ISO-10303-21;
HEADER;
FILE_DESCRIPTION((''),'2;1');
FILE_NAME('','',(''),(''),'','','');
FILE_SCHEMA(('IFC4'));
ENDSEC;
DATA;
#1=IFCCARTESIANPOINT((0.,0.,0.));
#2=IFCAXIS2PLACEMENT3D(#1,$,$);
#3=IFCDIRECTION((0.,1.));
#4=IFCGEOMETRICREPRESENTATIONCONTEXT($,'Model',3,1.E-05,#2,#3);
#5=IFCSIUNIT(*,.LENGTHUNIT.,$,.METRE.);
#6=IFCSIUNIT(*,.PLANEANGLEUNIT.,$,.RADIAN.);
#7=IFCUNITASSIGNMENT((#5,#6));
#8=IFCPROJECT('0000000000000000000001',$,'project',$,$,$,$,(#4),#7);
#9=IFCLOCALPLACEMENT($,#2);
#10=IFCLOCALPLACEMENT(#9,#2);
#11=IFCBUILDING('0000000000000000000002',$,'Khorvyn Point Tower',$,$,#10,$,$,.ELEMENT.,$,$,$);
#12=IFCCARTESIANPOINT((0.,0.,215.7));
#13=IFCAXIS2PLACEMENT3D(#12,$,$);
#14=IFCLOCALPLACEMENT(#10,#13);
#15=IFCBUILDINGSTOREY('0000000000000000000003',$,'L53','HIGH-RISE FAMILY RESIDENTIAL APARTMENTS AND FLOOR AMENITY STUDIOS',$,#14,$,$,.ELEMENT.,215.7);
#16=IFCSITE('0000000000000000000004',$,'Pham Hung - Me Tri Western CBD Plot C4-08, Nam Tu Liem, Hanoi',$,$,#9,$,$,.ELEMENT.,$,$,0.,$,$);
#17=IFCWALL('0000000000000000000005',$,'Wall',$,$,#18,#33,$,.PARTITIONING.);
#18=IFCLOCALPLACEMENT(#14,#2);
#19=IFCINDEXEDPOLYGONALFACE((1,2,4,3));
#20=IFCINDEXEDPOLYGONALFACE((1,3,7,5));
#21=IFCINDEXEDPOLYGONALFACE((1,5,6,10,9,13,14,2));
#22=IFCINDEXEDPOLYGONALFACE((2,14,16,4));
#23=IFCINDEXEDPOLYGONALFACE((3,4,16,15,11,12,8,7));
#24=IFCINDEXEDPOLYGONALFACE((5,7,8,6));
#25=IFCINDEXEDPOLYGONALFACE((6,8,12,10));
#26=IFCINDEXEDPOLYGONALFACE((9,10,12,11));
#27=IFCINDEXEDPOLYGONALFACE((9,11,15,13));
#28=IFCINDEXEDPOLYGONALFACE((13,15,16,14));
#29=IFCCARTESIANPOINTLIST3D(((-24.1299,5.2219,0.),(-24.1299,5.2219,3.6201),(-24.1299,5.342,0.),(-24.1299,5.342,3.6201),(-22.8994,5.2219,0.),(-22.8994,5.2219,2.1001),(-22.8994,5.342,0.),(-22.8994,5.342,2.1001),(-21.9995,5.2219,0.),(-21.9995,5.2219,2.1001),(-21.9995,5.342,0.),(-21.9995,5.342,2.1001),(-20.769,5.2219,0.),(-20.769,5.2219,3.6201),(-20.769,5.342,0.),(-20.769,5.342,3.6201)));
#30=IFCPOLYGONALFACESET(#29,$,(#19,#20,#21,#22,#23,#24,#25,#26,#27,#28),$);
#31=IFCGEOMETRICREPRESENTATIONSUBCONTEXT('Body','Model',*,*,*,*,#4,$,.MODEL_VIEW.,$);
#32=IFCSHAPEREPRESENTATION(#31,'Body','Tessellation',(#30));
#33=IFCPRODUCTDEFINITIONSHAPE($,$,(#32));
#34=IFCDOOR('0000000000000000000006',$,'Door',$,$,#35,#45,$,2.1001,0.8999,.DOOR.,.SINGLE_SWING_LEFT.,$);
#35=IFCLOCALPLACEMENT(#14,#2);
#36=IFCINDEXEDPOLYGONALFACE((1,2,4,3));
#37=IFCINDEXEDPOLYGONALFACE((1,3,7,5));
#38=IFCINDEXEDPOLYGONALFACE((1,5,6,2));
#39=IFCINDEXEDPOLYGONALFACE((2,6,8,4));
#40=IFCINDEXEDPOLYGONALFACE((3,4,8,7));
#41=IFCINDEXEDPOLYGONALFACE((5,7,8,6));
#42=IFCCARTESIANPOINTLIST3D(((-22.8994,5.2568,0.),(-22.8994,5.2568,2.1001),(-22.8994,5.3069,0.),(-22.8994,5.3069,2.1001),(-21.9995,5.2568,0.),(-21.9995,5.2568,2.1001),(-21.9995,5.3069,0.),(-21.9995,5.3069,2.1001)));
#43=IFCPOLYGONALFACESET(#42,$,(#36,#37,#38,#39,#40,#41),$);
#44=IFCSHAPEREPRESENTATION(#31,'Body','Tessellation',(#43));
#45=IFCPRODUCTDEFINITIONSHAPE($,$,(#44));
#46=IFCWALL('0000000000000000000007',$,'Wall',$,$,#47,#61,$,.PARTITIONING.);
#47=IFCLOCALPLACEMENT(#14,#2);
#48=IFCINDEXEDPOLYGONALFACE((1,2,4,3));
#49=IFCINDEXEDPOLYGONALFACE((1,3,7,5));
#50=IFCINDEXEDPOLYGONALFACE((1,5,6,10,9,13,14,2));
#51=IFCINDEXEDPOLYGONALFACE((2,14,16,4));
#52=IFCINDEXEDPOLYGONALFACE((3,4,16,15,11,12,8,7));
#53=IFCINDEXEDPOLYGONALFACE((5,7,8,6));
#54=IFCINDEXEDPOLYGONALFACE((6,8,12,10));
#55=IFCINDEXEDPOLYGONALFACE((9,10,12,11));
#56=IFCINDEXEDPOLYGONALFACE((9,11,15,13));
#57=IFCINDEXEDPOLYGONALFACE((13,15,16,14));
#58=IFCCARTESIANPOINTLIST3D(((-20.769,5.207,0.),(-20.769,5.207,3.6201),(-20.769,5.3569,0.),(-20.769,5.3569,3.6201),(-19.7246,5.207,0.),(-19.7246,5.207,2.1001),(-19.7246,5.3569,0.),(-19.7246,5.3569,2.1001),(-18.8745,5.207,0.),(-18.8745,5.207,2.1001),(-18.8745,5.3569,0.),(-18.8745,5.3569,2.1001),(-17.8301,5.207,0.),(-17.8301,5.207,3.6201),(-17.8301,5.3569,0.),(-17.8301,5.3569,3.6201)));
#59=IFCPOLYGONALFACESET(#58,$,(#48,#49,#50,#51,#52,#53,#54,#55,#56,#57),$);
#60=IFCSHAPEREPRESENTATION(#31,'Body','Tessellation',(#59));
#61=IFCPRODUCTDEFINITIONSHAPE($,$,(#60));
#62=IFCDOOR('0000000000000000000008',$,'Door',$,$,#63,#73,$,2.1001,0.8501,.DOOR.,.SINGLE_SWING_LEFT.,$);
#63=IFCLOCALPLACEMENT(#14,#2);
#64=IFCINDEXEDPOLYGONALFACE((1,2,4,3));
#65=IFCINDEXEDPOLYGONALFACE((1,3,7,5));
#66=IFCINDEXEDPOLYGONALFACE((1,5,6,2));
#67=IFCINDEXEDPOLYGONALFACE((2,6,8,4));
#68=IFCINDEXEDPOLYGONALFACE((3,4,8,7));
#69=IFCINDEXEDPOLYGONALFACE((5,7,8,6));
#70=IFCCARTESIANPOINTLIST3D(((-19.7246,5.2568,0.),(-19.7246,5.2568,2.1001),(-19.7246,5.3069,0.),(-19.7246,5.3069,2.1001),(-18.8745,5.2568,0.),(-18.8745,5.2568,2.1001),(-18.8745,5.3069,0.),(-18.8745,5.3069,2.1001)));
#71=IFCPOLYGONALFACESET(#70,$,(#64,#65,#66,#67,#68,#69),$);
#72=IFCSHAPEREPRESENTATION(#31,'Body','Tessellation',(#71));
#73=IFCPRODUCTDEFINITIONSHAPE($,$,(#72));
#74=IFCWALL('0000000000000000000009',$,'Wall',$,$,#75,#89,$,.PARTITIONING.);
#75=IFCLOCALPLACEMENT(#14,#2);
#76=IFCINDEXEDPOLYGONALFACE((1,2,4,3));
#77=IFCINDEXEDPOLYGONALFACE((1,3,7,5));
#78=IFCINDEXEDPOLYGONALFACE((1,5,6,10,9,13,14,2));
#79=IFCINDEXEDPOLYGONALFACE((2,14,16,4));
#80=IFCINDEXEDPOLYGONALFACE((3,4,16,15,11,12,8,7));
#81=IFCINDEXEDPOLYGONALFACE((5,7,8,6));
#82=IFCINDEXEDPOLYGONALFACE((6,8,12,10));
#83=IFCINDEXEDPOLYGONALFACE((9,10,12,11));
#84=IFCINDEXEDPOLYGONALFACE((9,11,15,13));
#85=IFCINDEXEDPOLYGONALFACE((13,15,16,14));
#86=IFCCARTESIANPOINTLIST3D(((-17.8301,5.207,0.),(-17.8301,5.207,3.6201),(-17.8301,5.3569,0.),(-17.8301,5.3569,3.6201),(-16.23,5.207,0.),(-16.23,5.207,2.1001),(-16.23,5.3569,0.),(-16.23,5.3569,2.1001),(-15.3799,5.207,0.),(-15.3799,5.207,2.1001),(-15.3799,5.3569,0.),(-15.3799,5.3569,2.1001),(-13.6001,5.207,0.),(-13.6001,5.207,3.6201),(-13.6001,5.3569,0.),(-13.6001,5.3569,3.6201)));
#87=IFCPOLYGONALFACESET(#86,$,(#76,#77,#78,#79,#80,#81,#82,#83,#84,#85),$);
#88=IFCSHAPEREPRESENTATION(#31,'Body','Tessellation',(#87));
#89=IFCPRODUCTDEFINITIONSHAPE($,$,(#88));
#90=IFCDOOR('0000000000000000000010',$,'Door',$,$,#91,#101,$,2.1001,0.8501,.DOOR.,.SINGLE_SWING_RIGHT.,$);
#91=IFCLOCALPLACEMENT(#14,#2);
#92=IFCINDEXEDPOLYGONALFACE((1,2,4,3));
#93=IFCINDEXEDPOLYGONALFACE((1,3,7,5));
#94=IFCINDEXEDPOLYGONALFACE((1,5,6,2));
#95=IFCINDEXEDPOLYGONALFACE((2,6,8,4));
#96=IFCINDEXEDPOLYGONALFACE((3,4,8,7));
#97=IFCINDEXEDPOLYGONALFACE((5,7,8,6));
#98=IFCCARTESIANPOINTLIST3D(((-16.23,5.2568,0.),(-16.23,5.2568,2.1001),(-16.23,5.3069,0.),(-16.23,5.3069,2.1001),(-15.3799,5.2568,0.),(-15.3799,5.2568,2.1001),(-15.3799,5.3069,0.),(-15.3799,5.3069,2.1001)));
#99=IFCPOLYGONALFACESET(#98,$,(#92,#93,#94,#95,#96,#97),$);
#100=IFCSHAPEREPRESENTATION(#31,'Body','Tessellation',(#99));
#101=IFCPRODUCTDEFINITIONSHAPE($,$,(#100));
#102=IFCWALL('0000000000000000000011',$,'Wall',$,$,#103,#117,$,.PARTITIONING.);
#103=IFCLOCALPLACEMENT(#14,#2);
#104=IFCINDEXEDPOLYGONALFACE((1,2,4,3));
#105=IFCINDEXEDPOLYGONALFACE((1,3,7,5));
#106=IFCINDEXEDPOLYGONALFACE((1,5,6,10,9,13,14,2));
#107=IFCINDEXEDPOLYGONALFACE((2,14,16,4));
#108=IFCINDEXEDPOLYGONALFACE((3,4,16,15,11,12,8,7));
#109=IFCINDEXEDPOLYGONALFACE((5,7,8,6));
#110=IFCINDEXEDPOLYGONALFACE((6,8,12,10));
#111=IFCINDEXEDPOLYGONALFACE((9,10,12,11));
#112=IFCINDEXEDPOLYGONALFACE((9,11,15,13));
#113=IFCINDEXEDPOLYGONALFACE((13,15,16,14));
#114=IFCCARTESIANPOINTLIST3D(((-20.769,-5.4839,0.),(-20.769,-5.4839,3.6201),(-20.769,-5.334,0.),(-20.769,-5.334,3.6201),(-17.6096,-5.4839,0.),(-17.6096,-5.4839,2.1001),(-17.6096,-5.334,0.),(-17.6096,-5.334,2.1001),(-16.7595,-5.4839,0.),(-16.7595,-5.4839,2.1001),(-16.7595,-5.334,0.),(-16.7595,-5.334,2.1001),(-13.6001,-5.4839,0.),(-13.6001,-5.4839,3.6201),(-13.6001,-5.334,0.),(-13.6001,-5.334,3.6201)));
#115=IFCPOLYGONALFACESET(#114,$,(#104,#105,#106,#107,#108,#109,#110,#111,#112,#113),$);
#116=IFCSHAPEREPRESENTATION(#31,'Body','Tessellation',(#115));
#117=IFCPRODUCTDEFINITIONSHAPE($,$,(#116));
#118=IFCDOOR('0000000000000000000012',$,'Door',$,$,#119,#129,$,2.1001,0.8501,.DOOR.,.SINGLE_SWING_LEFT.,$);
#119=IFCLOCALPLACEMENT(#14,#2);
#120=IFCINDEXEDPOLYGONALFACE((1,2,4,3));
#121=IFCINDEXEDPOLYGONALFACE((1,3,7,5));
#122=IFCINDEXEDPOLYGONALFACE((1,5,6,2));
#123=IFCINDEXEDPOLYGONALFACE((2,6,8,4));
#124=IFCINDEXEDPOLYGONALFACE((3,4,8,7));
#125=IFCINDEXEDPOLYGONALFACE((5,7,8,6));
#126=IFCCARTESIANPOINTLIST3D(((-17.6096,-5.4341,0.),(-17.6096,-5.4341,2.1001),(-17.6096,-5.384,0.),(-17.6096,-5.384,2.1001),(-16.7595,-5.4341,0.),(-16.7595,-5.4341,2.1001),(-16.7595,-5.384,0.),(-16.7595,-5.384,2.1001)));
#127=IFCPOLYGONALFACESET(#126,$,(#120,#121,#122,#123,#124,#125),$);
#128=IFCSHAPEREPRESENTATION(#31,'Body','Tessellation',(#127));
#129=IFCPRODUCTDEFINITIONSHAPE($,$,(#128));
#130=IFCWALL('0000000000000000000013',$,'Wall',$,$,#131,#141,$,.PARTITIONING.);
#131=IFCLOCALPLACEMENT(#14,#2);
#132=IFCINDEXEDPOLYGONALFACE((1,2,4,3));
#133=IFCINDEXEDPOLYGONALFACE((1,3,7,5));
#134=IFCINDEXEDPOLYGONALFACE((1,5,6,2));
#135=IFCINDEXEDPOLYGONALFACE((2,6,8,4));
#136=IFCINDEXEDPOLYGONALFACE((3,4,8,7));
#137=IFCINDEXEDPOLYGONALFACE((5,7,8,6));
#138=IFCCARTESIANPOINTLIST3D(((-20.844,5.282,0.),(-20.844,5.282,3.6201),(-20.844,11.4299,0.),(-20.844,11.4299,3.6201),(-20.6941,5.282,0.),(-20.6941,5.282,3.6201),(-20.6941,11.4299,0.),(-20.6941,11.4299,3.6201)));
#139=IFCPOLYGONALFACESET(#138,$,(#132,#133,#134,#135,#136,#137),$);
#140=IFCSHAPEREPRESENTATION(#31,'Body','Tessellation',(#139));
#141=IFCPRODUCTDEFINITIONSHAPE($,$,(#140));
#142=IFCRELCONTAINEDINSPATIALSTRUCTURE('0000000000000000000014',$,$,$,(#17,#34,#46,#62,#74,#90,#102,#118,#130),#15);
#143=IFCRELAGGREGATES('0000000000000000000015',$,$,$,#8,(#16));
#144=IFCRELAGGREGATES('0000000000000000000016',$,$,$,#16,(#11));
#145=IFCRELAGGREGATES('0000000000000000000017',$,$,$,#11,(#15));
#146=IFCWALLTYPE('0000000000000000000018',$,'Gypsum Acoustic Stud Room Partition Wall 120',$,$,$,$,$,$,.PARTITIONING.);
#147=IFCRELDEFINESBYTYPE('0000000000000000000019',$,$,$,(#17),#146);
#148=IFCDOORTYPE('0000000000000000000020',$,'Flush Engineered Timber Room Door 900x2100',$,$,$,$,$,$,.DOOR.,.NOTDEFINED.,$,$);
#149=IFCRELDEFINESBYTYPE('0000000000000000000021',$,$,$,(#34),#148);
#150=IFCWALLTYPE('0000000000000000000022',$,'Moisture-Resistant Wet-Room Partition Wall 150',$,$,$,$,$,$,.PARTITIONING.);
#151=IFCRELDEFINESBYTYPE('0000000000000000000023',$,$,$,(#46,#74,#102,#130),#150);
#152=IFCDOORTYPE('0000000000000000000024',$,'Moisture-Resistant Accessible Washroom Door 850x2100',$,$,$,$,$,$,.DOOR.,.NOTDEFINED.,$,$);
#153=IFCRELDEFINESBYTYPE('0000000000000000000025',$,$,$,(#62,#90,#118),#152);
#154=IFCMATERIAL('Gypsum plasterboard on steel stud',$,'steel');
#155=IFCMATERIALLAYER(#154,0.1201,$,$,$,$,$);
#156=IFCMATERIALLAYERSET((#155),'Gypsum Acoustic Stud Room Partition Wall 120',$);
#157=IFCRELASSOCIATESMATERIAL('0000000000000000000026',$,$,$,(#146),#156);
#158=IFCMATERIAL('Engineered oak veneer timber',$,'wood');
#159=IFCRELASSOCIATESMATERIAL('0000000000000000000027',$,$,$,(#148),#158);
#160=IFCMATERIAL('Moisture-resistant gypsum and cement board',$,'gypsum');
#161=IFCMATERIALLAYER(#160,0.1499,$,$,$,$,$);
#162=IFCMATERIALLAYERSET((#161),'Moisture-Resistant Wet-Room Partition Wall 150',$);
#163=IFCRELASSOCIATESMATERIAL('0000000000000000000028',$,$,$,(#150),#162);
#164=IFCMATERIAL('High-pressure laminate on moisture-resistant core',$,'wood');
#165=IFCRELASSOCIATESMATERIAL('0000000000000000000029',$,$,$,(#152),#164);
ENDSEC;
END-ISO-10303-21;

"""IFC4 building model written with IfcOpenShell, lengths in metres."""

from ifc_helpers import new_model, si_unit, direction, frame, frame_2d, origin, place, context, subcontext, project, spatial, rectangle, extrude, material, layer, layer_set, type_object, element, fill, save


model = new_model("IFC4")

# Units and contexts
model_context = context("Model", 3, precision=1e-05, world=origin(), true_north=direction((0.0, 1.0)))
body_context = subcontext(model_context, "Body", "Model", "MODEL_VIEW")
ifc_project = project(units=[si_unit("LENGTHUNIT", "METRE"), si_unit("PLANEANGLEUNIT", "RADIAN")], contexts=[model_context])

# Site, building, storey
site_placement = place(None, origin())
site = spatial("IfcSite", under=ifc_project, at=site_placement, Name="Pham Hung - Me Tri Western CBD Plot C4-08, Nam Tu Liem, Hanoi", CompositionType="ELEMENT", RefElevation=0.0)
building_placement = place(site_placement, origin())
building = spatial("IfcBuilding", under=site, at=building_placement, Name="Khorvyn Point Tower", CompositionType="ELEMENT")
storey_placement = place(building_placement, frame((0.0, 0.0, 215.7)))
storey = spatial("IfcBuildingStorey", under=building, at=storey_placement, Name="L53", Description="HIGH-RISE FAMILY RESIDENTIAL APARTMENTS AND FLOOR AMENITY STUDIOS", CompositionType="ELEMENT", Elevation=215.7)

# Walls, openings, doors
ifc_material_1 = material(Name="Gypsum plasterboard on steel stud", Category="steel")
ifc_layer_1 = layer(ifc_material_1, 0.1201)
ifc_layer_set_1 = layer_set([ifc_layer_1], Name="Gypsum Acoustic Stud Room Partition Wall 120")
wall_type_1 = type_object("IfcWallType", Name="Gypsum Acoustic Stud Room Partition Wall 120", PredefinedType="PARTITIONING", material=ifc_layer_set_1)
ifc_material_2 = material(Name="Engineered oak veneer timber", Category="wood")
door_type_1 = type_object("IfcDoorType", Name="Flush Engineered Timber Room Door 900x2100", OperationType="NOTDEFINED", PredefinedType="DOOR", material=ifc_material_2)
wall_1_placement = place(storey_placement, frame((-24.1299, 5.282, 0.0), z_axis=(0.0, 0.0, 1.0), x_axis=(1.0, 0.0, 0.0)))
wall_1 = element("IfcWall", 1, at=wall_1_placement, inside=storey, type_object=wall_type_1, Name="Wall", PredefinedType="PARTITIONING", context=body_context, shape_type="SweptSolid", body=[
    extrude(rectangle(XDim=3.3608, YDim=0.1201, at=frame_2d((1.6804, 0.0))), origin(), (0.0, 0.0, 1.0), 3.6201),
])
opening_1_placement = place(wall_1_placement, frame((1.2305, 0.0, 0.0)))
opening_1 = element("IfcOpeningElement", 2, at=opening_1_placement, cuts=wall_1, PredefinedType="OPENING", context=body_context, shape_type="SweptSolid", body=[
    extrude(rectangle(XDim=0.8999, YDim=2.1001, at=frame_2d((0.45, 1.05))), frame((0.0, 0.0701, 0.0), z_axis=(0.0, -1.0, 0.0), x_axis=(1.0, 0.0, 0.0)), (0.0, 0.0, 1.0), 0.1401),
])
door_1_placement = place(opening_1_placement, origin())
door_1 = element("IfcDoor", 3, at=door_1_placement, inside=storey, type_object=door_type_1, Name="Door", OperationType="SINGLE_SWING_LEFT", OverallHeight=2.1001, OverallWidth=0.8999, PredefinedType="DOOR", context=body_context, shape_type="SweptSolid", body=[
    extrude(rectangle(XDim=0.8999, YDim=2.1001, at=frame_2d((0.45, 1.05))), frame((0.0, 0.0249, 0.0), z_axis=(0.0, -1.0, 0.0), x_axis=(1.0, 0.0, 0.0)), (0.0, 0.0, 1.0), 0.05),
])
fill(opening_1, door_1)
ifc_material_3 = material(Name="Moisture-resistant gypsum and cement board", Category="gypsum")
ifc_layer_2 = layer(ifc_material_3, 0.1499)
ifc_layer_set_2 = layer_set([ifc_layer_2], Name="Moisture-Resistant Wet-Room Partition Wall 150")
wall_type_2 = type_object("IfcWallType", Name="Moisture-Resistant Wet-Room Partition Wall 150", PredefinedType="PARTITIONING", material=ifc_layer_set_2)
wall_2_placement = place(storey_placement, frame((-20.769, 5.282, 0.0), z_axis=(0.0, 0.0, 1.0), x_axis=(1.0, 0.0, 0.0)))
wall_2 = element("IfcWall", 4, at=wall_2_placement, inside=storey, type_object=wall_type_2, Name="Wall", PredefinedType="PARTITIONING", context=body_context, shape_type="SweptSolid", body=[
    extrude(rectangle(XDim=2.939, YDim=0.1499, at=frame_2d((1.4695, 0.0))), origin(), (0.0, 0.0, 1.0), 3.6201),
])
opening_2_placement = place(wall_2_placement, frame((1.0444, 0.0, 0.0)))
opening_2 = element("IfcOpeningElement", 5, at=opening_2_placement, cuts=wall_2, PredefinedType="OPENING", context=body_context, shape_type="SweptSolid", body=[
    extrude(rectangle(XDim=0.8501, YDim=2.1001, at=frame_2d((0.425, 1.05))), frame((0.0, 0.085, 0.0), z_axis=(0.0, -1.0, 0.0), x_axis=(1.0, 0.0, 0.0)), (0.0, 0.0, 1.0), 0.1699),
])
ifc_material_4 = material(Name="High-pressure laminate on moisture-resistant core", Category="wood")
door_type_2 = type_object("IfcDoorType", Name="Moisture-Resistant Accessible Washroom Door 850x2100", OperationType="NOTDEFINED", PredefinedType="DOOR", material=ifc_material_4)
door_2_placement = place(opening_2_placement, origin())
door_2 = element("IfcDoor", 6, at=door_2_placement, inside=storey, type_object=door_type_2, Name="Door", OperationType="SINGLE_SWING_LEFT", OverallHeight=2.1001, OverallWidth=0.8501, PredefinedType="DOOR", context=body_context, shape_type="SweptSolid", body=[
    extrude(rectangle(XDim=0.8501, YDim=2.1001, at=frame_2d((0.425, 1.05))), frame((0.0, 0.0249, 0.0), z_axis=(0.0, -1.0, 0.0), x_axis=(1.0, 0.0, 0.0)), (0.0, 0.0, 1.0), 0.05),
])
fill(opening_2, door_2)
wall_3_placement = place(storey_placement, frame((-17.8301, 5.282, 0.0), z_axis=(0.0, 0.0, 1.0), x_axis=(1.0, 0.0, 0.0)))
wall_3 = element("IfcWall", 7, at=wall_3_placement, inside=storey, type_object=wall_type_2, Name="Wall", PredefinedType="PARTITIONING", context=body_context, shape_type="SweptSolid", body=[
    extrude(rectangle(XDim=4.23, YDim=0.1499, at=frame_2d((2.115, 0.0))), origin(), (0.0, 0.0, 1.0), 3.6201),
])
opening_3_placement = place(wall_3_placement, frame((1.6001, 0.0, 0.0)))
opening_3 = element("IfcOpeningElement", 8, at=opening_3_placement, cuts=wall_3, PredefinedType="OPENING", context=body_context, shape_type="SweptSolid", body=[
    extrude(rectangle(XDim=0.8501, YDim=2.1001, at=frame_2d((0.425, 1.05))), frame((0.0, 0.085, 0.0), z_axis=(0.0, -1.0, 0.0), x_axis=(1.0, 0.0, 0.0)), (0.0, 0.0, 1.0), 0.1699),
])
door_3_placement = place(opening_3_placement, origin())
door_3 = element("IfcDoor", 9, at=door_3_placement, inside=storey, type_object=door_type_2, Name="Door", OperationType="SINGLE_SWING_RIGHT", OverallHeight=2.1001, OverallWidth=0.8501, PredefinedType="DOOR", context=body_context, shape_type="SweptSolid", body=[
    extrude(rectangle(XDim=0.8501, YDim=2.1001, at=frame_2d((0.425, 1.05))), frame((0.0, 0.0249, 0.0), z_axis=(0.0, -1.0, 0.0), x_axis=(1.0, 0.0, 0.0)), (0.0, 0.0, 1.0), 0.05),
])
fill(opening_3, door_3)
wall_4_placement = place(storey_placement, frame((-20.769, -5.4089, 0.0), z_axis=(0.0, 0.0, 1.0), x_axis=(1.0, 0.0, 0.0)))
wall_4 = element("IfcWall", 10, at=wall_4_placement, inside=storey, type_object=wall_type_2, Name="Wall", PredefinedType="PARTITIONING", context=body_context, shape_type="SweptSolid", body=[
    extrude(rectangle(XDim=7.1689, YDim=0.1499, at=frame_2d((3.5845, 0.0))), origin(), (0.0, 0.0, 1.0), 3.6201),
])
opening_4_placement = place(wall_4_placement, frame((3.1594, 0.0, 0.0)))
opening_4 = element("IfcOpeningElement", 11, at=opening_4_placement, cuts=wall_4, PredefinedType="OPENING", context=body_context, shape_type="SweptSolid", body=[
    extrude(rectangle(XDim=0.8501, YDim=2.1001, at=frame_2d((0.425, 1.05))), frame((0.0, 0.085, 0.0), z_axis=(0.0, -1.0, 0.0), x_axis=(1.0, 0.0, 0.0)), (0.0, 0.0, 1.0), 0.1699),
])
door_4_placement = place(opening_4_placement, origin())
door_4 = element("IfcDoor", 12, at=door_4_placement, inside=storey, type_object=door_type_2, Name="Door", OperationType="SINGLE_SWING_LEFT", OverallHeight=2.1001, OverallWidth=0.8501, PredefinedType="DOOR", context=body_context, shape_type="SweptSolid", body=[
    extrude(rectangle(XDim=0.8501, YDim=2.1001, at=frame_2d((0.425, 1.05))), frame((0.0, 0.0249, 0.0), z_axis=(0.0, -1.0, 0.0), x_axis=(1.0, 0.0, 0.0)), (0.0, 0.0, 1.0), 0.05),
])
fill(opening_4, door_4)

# Wall
wall_5_placement = place(storey_placement, frame((-20.769, 5.282, 0.0), z_axis=(0.0, 0.0, 1.0), x_axis=(0.0, 1.0, 0.0)))
element("IfcWall", 13, at=wall_5_placement, inside=storey, type_object=wall_type_2, Name="Wall", PredefinedType="PARTITIONING", context=body_context, shape_type="SweptSolid", body=[
    extrude(rectangle(XDim=6.1479, YDim=0.1499, at=frame_2d((3.074, 0.0))), origin(), (0.0, 0.0, 1.0), 3.6201),
])

save(model, "model.ifc")
